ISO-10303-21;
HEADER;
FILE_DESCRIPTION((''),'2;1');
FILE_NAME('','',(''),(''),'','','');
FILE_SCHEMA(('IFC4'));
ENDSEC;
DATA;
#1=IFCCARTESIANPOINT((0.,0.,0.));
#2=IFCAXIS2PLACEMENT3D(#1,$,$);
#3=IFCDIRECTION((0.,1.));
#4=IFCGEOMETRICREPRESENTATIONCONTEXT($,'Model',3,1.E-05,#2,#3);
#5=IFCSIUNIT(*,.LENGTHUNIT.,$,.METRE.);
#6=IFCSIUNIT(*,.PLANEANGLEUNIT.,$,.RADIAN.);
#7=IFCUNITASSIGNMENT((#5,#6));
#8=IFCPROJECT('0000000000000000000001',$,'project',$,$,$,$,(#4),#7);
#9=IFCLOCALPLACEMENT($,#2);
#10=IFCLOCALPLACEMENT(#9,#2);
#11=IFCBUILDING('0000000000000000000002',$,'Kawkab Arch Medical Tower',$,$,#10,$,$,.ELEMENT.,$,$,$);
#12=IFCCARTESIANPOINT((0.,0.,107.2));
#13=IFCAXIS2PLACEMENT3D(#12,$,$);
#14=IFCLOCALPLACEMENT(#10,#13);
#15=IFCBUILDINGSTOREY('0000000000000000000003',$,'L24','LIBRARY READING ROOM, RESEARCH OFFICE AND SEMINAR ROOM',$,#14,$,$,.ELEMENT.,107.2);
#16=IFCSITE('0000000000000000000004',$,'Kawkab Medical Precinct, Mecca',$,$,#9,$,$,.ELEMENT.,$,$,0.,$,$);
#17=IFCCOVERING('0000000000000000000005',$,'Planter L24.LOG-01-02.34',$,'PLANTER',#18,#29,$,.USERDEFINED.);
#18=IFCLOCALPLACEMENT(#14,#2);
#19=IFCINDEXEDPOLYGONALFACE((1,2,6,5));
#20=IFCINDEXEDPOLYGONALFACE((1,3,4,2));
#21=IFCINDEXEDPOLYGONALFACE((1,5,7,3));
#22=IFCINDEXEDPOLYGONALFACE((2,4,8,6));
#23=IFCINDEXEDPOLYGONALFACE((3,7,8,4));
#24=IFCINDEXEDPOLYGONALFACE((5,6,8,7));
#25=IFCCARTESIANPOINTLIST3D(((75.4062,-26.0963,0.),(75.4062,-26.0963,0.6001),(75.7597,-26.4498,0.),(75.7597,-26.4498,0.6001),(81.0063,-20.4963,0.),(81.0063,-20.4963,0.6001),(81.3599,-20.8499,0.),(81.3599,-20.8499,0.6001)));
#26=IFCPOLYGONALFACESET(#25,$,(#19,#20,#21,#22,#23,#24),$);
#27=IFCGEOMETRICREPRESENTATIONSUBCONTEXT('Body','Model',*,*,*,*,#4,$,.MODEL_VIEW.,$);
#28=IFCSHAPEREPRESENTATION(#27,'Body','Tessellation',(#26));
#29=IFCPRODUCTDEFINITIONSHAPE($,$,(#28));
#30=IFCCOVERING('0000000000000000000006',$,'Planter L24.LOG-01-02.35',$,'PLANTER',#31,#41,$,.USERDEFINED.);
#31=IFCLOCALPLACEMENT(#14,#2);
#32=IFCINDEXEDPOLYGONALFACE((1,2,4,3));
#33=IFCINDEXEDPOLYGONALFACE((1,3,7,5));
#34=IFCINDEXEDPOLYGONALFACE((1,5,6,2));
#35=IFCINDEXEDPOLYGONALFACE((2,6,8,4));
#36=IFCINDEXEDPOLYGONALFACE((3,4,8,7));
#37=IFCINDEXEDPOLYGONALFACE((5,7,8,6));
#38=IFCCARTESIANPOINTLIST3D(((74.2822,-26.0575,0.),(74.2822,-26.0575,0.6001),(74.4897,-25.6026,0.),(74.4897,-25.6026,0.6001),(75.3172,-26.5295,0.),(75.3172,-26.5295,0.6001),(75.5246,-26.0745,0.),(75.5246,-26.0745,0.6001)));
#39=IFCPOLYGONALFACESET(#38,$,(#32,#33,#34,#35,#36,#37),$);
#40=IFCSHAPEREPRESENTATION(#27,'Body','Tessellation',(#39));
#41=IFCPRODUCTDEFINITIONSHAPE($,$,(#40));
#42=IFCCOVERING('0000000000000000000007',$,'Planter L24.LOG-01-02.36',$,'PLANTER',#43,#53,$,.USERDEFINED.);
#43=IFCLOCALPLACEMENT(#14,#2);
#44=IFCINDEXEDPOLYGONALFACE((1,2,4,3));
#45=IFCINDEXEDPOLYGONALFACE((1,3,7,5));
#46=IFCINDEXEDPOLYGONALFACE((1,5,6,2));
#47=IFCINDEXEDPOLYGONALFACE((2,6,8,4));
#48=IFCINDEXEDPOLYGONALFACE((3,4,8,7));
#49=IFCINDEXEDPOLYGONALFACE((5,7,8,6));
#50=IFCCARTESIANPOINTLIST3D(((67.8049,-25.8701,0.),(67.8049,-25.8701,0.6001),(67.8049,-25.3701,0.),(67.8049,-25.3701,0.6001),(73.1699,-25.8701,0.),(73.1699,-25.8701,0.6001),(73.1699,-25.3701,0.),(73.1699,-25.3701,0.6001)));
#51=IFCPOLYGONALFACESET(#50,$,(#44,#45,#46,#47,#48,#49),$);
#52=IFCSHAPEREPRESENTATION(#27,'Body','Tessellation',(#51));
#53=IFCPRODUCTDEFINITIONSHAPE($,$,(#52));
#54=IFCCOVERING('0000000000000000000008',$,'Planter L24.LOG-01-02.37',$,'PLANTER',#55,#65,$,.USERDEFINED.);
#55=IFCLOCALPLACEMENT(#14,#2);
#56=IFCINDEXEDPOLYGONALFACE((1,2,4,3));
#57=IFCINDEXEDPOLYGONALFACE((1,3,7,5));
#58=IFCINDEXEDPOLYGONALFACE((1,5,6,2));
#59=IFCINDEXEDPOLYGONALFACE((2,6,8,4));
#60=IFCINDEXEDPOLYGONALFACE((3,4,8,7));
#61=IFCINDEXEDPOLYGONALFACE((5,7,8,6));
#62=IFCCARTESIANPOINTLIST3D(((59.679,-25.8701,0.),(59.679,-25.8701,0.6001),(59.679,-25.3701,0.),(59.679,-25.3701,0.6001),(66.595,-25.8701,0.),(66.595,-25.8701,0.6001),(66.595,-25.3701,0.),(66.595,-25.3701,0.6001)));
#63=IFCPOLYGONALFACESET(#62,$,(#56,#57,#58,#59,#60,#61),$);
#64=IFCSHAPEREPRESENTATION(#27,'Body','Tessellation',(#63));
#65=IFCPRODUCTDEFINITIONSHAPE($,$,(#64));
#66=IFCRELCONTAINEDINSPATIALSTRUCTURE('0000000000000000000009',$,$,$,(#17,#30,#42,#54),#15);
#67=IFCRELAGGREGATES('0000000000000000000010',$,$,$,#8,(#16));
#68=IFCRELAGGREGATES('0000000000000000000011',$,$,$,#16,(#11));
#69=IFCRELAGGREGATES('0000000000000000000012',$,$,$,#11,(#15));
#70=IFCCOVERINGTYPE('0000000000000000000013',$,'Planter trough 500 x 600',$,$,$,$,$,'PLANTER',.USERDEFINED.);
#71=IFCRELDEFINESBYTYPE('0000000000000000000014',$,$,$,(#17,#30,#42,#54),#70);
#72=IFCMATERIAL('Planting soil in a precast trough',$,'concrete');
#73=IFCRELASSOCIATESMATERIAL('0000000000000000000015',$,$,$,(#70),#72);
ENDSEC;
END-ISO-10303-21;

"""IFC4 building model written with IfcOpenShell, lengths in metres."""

from ifc_helpers import new_model, si_unit, direction, frame, origin, origin_2d, place, context, subcontext, project, spatial, rectangle, extrude, material, material_profile, profile_set, type_object, element, save


model = new_model("IFC4")

# Units and contexts
model_context = context("Model", 3, precision=1e-05, world=origin(), true_north=direction((0.0, 1.0)))
body_context = subcontext(model_context, "Body", "Model", "MODEL_VIEW")
ifc_project = project(units=[si_unit("LENGTHUNIT", "METRE"), si_unit("PLANEANGLEUNIT", "RADIAN")], contexts=[model_context])

# Site, building, storey
site_placement = place(None, origin())
site = spatial("IfcSite", under=ifc_project, at=site_placement, Name="Kawkab Medical Precinct, Mecca", CompositionType="ELEMENT", RefElevation=0.0)
building_placement = place(site_placement, origin())
building = spatial("IfcBuilding", under=site, at=building_placement, Name="Kawkab Arch Medical Tower", CompositionType="ELEMENT")
storey_placement = place(building_placement, frame((0.0, 0.0, 107.2)))
storey = spatial("IfcBuildingStorey", under=building, at=storey_placement, Name="L24", Description="LIBRARY READING ROOM, RESEARCH OFFICE AND SEMINAR ROOM", CompositionType="ELEMENT", Elevation=107.2)

# Coverings
ifc_material_1 = material(Name="Planting soil in a precast trough", Category="concrete")
ifc_material_profile_1 = material_profile(ifc_material_1, rectangle(XDim=0.5, YDim=0.6001, at=origin_2d()), Name="Trough 500x600")
ifc_profile_set_1 = profile_set([ifc_material_profile_1], Name="Planting soil in a precast trough")
covering_type_1 = type_object("IfcCoveringType", Name="Planter trough 500 x 600", ElementType="PLANTER", PredefinedType="USERDEFINED", material=ifc_profile_set_1)
covering_1_placement = place(storey_placement, frame((81.1831, -20.6731, 0.3), z_axis=(-0.707122, -0.707091, 0.0), x_axis=(0.707091, -0.707122, 0.0)))
element("IfcCovering", 1, at=covering_1_placement, inside=storey, type_object=covering_type_1, Name="Planter L24.LOG-01-02.34", ObjectType="PLANTER", PredefinedType="USERDEFINED", context=body_context, shape_type="SweptSolid", body=[
    extrude(rectangle(XDim=0.5, YDim=0.6001, at=origin_2d()), origin(), (0.0, 0.0, 1.0), 7.9197),
])
covering_2_placement = place(storey_placement, frame((75.4209, -26.302, 0.3), z_axis=(-0.909866, 0.414902, 0.0), x_axis=(-0.414902, -0.909866, 0.0)))
element("IfcCovering", 2, at=covering_2_placement, inside=storey, type_object=covering_type_1, Name="Planter L24.LOG-01-02.35", ObjectType="PLANTER", PredefinedType="USERDEFINED", context=body_context, shape_type="SweptSolid", body=[
    extrude(rectangle(XDim=0.5, YDim=0.6001, at=origin_2d()), origin(), (0.0, 0.0, 1.0), 1.1375),
])
covering_3_placement = place(storey_placement, frame((73.1699, -25.6201, 0.3), z_axis=(-1.0, 0.0, 0.0), x_axis=(0.0, -1.0, 0.0)))
element("IfcCovering", 3, at=covering_3_placement, inside=storey, type_object=covering_type_1, Name="Planter L24.LOG-01-02.36", ObjectType="PLANTER", PredefinedType="USERDEFINED", context=body_context, shape_type="SweptSolid", body=[
    extrude(rectangle(XDim=0.5, YDim=0.6001, at=origin_2d()), origin(), (0.0, 0.0, 1.0), 5.365),
])
covering_4_placement = place(storey_placement, frame((66.595, -25.6201, 0.3), z_axis=(-1.0, 0.0, 0.0), x_axis=(0.0, -1.0, 0.0)))
element("IfcCovering", 4, at=covering_4_placement, inside=storey, type_object=covering_type_1, Name="Planter L24.LOG-01-02.37", ObjectType="PLANTER", PredefinedType="USERDEFINED", context=body_context, shape_type="SweptSolid", body=[
    extrude(rectangle(XDim=0.5, YDim=0.6001, at=origin_2d()), origin(), (0.0, 0.0, 1.0), 6.916),
])

save(model, "model.ifc")
